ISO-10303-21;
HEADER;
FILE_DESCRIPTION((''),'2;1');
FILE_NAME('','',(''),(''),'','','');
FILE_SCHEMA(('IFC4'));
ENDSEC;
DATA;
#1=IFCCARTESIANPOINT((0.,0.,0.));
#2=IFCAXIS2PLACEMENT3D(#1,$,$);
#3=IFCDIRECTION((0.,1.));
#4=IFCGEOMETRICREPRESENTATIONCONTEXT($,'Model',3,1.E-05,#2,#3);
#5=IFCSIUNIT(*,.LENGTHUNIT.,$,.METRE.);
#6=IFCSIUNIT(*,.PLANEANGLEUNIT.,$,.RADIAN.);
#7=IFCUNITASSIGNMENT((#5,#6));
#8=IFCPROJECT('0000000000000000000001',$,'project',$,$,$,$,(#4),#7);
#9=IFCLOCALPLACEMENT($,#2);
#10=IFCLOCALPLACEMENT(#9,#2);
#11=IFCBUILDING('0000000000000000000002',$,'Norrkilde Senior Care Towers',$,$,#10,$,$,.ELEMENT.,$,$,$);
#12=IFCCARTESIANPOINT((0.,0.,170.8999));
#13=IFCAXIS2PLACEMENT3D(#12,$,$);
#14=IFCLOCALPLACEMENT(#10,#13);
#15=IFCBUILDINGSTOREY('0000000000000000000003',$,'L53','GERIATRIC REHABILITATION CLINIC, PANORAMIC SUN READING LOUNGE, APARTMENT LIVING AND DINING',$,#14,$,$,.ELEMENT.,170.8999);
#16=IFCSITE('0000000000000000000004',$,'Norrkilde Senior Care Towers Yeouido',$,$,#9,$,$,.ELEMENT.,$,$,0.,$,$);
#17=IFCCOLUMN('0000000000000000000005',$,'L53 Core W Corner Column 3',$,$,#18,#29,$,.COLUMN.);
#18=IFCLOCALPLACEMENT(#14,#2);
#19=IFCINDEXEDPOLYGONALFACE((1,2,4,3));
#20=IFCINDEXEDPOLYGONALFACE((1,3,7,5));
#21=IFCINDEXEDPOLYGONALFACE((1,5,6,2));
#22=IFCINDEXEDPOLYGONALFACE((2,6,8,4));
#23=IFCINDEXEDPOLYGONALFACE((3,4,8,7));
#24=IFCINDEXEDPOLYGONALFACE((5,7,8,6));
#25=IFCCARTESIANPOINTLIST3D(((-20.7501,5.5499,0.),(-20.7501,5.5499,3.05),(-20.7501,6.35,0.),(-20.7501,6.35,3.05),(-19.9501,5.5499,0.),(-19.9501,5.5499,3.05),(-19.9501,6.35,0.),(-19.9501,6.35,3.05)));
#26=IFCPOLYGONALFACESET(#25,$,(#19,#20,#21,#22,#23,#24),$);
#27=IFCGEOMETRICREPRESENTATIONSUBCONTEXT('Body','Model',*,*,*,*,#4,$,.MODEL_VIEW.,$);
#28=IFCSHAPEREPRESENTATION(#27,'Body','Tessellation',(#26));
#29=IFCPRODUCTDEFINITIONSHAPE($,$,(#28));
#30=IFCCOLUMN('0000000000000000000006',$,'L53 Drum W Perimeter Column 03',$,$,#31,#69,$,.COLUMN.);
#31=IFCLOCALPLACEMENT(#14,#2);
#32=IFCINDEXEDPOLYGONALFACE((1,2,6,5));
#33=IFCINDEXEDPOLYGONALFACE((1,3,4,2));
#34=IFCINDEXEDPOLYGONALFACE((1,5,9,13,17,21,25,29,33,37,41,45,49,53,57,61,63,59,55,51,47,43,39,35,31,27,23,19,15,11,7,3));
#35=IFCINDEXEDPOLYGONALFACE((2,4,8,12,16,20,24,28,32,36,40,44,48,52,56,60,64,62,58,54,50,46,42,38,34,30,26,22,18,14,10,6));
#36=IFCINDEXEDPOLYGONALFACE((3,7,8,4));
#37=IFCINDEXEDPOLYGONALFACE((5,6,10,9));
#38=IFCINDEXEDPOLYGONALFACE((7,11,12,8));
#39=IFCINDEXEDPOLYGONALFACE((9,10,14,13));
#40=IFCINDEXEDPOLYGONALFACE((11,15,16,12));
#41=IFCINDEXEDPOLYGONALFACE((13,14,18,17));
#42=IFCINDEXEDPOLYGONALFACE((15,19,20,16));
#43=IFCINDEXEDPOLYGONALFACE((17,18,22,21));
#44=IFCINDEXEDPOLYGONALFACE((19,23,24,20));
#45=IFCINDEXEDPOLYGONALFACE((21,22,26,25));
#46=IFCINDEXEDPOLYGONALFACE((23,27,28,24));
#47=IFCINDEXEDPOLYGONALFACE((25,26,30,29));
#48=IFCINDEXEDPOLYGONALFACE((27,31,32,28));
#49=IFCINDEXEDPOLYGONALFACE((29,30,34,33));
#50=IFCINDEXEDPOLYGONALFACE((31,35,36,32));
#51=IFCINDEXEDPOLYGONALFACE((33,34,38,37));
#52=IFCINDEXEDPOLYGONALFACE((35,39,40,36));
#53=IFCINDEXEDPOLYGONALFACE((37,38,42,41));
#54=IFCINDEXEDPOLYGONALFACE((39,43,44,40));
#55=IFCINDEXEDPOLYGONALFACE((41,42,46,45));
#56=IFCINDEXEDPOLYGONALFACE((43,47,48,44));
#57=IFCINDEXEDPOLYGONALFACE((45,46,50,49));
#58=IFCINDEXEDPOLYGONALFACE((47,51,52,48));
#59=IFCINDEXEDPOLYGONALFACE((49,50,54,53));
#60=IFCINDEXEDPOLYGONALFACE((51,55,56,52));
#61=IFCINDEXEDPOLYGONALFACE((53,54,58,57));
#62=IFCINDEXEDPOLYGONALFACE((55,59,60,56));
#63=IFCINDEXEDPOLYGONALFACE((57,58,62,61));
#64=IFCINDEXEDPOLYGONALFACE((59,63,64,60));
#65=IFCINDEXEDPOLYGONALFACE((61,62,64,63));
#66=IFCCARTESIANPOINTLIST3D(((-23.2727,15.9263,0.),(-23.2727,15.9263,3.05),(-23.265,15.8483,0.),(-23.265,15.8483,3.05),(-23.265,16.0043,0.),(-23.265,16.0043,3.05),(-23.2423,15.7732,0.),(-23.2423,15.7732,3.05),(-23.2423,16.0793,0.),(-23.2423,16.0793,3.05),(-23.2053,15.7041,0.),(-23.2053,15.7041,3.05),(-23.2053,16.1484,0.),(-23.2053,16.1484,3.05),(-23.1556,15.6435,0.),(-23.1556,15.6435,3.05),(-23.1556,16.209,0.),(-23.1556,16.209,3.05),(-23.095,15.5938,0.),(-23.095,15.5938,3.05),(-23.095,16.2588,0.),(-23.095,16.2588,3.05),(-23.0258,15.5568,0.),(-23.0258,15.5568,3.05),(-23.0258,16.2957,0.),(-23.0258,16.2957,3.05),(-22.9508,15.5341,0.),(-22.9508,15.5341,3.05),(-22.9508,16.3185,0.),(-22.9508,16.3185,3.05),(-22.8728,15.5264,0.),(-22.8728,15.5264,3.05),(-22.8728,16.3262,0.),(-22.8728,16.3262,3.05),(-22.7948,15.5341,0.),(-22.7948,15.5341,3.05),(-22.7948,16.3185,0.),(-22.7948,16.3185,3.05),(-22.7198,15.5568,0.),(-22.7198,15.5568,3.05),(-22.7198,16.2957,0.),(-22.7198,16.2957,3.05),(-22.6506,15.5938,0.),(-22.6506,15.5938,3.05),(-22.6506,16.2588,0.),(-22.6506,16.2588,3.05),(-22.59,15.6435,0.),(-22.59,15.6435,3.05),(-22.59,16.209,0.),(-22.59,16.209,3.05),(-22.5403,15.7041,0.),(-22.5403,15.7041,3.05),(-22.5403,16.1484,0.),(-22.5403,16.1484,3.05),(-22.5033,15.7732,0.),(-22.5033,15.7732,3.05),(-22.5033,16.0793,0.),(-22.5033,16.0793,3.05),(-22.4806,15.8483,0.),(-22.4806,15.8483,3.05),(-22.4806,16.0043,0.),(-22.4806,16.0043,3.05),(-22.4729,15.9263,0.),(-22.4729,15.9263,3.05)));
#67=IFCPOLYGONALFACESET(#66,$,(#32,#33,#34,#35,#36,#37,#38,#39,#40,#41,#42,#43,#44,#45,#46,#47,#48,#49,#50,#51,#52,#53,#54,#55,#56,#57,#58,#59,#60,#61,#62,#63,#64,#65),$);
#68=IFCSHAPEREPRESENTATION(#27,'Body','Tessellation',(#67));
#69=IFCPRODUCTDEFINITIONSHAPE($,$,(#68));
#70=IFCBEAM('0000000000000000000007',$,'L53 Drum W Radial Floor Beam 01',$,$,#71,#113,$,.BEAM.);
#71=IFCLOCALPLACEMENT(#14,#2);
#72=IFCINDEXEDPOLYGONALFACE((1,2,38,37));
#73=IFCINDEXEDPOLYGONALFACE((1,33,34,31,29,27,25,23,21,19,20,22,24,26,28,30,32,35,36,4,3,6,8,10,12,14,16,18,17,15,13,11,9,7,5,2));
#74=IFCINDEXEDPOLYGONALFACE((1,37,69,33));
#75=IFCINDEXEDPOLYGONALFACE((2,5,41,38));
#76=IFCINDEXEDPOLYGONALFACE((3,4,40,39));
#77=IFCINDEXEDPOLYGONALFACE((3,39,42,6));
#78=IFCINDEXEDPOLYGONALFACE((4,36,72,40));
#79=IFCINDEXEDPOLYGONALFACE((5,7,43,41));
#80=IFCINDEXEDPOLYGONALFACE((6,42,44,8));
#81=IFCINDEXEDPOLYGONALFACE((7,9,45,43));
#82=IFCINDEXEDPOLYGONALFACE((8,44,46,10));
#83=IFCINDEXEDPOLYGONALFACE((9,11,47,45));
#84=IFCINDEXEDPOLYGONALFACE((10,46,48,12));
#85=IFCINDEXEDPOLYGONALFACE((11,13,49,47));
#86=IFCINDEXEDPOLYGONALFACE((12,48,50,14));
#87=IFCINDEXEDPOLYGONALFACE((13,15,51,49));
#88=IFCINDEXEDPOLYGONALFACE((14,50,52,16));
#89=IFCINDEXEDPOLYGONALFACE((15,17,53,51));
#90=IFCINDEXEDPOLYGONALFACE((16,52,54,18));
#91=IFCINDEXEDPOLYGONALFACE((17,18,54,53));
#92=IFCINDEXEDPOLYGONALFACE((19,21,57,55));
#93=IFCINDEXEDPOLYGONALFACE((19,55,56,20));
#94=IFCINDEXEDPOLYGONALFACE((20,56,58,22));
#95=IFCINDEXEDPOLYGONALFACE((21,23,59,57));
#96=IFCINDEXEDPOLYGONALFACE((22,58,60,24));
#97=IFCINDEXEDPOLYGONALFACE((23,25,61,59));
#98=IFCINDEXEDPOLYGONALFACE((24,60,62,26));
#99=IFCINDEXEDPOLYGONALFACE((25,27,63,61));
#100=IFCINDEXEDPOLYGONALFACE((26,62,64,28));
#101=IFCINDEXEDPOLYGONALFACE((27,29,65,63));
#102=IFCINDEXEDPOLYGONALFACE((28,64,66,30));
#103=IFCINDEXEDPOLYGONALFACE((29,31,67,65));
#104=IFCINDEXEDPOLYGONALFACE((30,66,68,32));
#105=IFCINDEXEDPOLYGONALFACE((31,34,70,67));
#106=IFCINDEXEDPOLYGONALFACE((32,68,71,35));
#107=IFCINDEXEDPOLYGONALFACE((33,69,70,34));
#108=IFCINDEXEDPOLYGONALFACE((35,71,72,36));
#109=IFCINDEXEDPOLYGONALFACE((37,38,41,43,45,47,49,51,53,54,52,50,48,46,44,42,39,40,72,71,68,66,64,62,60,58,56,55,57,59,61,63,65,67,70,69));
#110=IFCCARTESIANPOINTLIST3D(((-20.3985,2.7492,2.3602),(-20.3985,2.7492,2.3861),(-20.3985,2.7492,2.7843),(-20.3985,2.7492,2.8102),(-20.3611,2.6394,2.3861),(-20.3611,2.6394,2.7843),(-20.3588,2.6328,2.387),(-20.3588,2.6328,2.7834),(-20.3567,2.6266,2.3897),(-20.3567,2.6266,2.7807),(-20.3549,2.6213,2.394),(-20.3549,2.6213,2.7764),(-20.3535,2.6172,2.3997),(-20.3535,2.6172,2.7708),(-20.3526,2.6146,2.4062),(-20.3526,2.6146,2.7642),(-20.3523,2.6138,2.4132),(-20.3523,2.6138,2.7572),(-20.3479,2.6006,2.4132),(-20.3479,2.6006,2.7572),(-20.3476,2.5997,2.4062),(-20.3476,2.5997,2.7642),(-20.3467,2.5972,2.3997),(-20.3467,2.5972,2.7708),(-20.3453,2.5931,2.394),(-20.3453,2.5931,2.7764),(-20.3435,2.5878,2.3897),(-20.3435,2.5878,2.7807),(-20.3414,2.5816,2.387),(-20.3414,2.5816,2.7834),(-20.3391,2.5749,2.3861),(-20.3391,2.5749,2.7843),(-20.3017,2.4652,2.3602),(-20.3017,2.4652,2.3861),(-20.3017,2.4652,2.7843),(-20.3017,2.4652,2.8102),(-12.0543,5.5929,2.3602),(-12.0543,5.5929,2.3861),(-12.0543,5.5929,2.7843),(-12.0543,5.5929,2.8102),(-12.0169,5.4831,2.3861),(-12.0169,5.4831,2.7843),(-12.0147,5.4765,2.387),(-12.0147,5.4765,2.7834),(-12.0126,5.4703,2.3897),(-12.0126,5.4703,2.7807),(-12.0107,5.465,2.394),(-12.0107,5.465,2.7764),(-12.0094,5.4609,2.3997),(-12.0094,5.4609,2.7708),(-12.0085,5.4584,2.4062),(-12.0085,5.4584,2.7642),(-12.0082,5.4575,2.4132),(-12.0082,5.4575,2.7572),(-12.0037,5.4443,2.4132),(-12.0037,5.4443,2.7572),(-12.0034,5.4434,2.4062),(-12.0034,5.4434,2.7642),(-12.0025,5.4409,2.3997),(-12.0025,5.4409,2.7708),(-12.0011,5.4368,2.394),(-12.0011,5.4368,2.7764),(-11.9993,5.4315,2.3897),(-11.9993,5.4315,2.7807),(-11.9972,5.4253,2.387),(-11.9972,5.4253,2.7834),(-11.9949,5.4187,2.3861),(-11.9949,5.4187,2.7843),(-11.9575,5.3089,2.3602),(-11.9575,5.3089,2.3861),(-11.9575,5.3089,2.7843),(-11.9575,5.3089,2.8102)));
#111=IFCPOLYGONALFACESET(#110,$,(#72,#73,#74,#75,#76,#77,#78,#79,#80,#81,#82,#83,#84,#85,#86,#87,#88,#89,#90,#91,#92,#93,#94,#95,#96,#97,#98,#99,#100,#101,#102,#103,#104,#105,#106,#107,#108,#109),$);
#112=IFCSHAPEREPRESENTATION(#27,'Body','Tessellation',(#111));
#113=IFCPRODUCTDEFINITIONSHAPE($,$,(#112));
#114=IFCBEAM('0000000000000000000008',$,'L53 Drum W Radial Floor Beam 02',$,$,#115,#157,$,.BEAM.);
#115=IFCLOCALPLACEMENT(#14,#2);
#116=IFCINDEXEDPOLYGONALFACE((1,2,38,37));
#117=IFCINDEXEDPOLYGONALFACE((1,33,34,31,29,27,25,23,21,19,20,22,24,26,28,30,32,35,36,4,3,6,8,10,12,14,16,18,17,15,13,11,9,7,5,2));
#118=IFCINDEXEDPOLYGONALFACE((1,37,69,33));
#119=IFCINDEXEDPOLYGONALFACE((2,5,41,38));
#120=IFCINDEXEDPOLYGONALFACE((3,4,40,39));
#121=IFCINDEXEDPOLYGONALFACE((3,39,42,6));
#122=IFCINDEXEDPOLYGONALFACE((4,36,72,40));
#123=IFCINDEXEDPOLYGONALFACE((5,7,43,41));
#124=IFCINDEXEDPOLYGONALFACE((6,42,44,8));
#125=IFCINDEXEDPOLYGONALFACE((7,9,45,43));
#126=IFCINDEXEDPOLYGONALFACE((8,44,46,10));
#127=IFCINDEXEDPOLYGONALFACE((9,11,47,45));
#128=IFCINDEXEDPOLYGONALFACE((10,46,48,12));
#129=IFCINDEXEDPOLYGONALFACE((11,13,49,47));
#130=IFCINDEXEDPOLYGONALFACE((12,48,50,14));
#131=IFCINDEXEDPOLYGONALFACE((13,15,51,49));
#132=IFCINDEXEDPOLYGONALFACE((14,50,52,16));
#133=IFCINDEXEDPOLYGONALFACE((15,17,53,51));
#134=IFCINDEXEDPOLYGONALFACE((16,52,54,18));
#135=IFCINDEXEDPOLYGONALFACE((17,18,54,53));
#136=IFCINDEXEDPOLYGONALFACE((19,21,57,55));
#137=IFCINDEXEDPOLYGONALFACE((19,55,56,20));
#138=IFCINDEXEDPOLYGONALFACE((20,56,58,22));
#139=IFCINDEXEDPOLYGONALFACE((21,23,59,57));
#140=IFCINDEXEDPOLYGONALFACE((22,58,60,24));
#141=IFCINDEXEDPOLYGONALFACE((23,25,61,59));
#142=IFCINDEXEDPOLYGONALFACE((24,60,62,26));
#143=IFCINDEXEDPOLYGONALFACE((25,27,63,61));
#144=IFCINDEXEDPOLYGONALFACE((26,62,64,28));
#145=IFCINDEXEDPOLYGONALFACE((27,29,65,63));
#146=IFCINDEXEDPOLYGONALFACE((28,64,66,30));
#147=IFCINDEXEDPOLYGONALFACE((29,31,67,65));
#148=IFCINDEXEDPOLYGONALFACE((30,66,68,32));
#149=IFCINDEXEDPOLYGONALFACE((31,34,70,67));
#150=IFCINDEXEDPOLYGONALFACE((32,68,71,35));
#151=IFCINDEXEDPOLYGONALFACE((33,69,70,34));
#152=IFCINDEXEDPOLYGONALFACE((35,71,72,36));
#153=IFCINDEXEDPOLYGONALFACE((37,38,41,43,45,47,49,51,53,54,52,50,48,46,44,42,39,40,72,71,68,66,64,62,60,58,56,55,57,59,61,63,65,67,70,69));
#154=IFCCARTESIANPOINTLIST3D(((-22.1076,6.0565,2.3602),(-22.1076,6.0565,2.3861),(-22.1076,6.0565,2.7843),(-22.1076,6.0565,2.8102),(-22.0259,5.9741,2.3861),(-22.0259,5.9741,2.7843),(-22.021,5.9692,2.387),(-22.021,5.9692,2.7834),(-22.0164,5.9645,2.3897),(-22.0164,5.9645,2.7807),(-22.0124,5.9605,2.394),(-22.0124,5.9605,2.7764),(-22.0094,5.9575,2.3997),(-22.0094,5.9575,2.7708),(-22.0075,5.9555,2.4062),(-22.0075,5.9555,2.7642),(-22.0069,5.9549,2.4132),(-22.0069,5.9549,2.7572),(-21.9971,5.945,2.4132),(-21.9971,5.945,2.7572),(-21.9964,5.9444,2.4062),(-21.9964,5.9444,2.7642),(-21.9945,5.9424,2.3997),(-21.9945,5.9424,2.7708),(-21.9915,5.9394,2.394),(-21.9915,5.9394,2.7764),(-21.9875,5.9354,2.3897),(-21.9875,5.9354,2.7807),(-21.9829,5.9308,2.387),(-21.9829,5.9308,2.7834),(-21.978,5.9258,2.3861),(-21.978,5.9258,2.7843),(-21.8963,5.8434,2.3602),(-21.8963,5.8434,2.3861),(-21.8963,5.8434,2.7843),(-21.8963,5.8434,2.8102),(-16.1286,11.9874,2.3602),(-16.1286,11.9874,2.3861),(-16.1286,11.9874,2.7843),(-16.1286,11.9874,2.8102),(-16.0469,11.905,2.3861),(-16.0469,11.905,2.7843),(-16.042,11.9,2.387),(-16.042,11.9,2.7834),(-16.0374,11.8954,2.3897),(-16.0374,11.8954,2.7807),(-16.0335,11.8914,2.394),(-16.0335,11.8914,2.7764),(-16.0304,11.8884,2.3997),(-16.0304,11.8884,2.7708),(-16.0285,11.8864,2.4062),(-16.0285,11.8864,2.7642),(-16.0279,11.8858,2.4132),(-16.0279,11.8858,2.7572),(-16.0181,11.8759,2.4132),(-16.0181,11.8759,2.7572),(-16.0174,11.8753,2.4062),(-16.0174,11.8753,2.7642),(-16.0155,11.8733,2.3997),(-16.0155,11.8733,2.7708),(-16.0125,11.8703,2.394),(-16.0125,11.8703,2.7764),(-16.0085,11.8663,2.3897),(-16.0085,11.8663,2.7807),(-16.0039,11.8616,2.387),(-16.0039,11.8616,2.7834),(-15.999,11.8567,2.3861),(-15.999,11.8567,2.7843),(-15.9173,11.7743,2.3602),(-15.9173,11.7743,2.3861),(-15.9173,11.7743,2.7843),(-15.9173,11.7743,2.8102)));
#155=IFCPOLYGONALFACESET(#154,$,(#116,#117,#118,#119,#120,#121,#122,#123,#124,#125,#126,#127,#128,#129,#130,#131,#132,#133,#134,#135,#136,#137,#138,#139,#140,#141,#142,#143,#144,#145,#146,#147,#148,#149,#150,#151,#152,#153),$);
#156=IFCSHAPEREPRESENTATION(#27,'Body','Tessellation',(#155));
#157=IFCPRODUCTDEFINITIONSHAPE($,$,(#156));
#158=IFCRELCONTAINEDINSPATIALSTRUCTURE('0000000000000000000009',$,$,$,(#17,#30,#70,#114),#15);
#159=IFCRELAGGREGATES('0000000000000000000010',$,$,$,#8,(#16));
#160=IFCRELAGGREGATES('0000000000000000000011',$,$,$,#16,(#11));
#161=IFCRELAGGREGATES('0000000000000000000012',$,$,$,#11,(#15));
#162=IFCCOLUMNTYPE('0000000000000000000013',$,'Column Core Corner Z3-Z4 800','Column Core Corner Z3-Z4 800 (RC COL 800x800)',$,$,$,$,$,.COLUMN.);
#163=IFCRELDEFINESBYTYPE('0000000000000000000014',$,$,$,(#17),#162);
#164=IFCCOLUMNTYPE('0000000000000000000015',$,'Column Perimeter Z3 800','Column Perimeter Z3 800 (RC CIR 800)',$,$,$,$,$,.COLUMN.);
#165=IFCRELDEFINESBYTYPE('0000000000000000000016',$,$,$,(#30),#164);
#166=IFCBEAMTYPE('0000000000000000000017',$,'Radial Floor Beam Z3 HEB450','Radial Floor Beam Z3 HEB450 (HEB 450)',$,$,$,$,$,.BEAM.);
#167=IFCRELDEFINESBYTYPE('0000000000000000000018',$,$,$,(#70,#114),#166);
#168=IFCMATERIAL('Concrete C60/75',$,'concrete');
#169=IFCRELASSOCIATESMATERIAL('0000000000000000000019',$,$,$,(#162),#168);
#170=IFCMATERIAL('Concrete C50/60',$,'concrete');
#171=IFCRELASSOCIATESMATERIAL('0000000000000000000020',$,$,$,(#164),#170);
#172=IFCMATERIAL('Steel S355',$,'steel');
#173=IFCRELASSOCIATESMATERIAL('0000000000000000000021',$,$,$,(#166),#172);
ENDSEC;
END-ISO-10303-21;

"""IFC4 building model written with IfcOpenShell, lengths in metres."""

from ifc_helpers import new_model, si_unit, direction, frame, origin, origin_2d, place, context, subcontext, project, spatial, rectangle, circle, i_section, extrude, source, transform, mapped, material, material_profile, profile_set, type_object, type_shapes, element, save


model = new_model("IFC4")

# Units and contexts
model_context = context("Model", 3, precision=1e-05, world=origin(), true_north=direction((0.0, 1.0)))
body_context = subcontext(model_context, "Body", "Model", "MODEL_VIEW")
ifc_project = project(units=[si_unit("LENGTHUNIT", "METRE"), si_unit("PLANEANGLEUNIT", "RADIAN")], contexts=[model_context])

# Site, building, storey
site_placement = place(None, origin())
site = spatial("IfcSite", under=ifc_project, at=site_placement, Name="Norrkilde Senior Care Towers Yeouido", CompositionType="ELEMENT", RefElevation=0.0)
building_placement = place(site_placement, origin())
building = spatial("IfcBuilding", under=site, at=building_placement, Name="Norrkilde Senior Care Towers", CompositionType="ELEMENT")
storey_placement = place(building_placement, frame((0.0, 0.0, 170.8999)))
storey = spatial("IfcBuildingStorey", under=building, at=storey_placement, Name="L53", Description="GERIATRIC REHABILITATION CLINIC, PANORAMIC SUN READING LOUNGE, APARTMENT LIVING AND DINING", CompositionType="ELEMENT", Elevation=170.8999)

# Columns
ifc_material_1 = material(Name="Concrete C60/75", Category="concrete")
ifc_material_profile_1 = material_profile(ifc_material_1, rectangle(XDim=0.8, YDim=0.8, at=origin_2d()), Name="RC COL 800x800")
ifc_profile_set_1 = profile_set([ifc_material_profile_1], Name="Concrete C60/75")
column_type_1 = type_object("IfcColumnType", Name="Column Core Corner Z3-Z4 800", Description="Column Core Corner Z3-Z4 800 (RC COL 800x800)", PredefinedType="COLUMN", material=ifc_profile_set_1)
shared_shape_1 = source(origin(), body_context, "Body", "SweptSolid", [
    extrude(rectangle(XDim=0.8, YDim=0.8, at=origin_2d()), origin(), (0.0, 0.0, 1.0), 3.05),
])
type_shapes(column_type_1, [shared_shape_1])
column_1_placement = place(storey_placement, frame((-20.3501, 5.95, 0.0), z_axis=(0.0, 0.0, 1.0), x_axis=(1.0, 0.0, 0.0)))
element("IfcColumn", 1, at=column_1_placement, inside=storey, type_object=column_type_1, Name="L53 Core W Corner Column 3", PredefinedType="COLUMN", context=body_context, shape_type="MappedRepresentation", body=[
    mapped(shared_shape_1, transform((0.0, 0.0, 0.0), x_axis=(1.0, 0.0, 0.0), y_axis=(0.0, 1.0, 0.0), z_axis=(0.0, 0.0, 1.0), scale=1.0)),
])
ifc_material_2 = material(Name="Concrete C50/60", Category="concrete")
ifc_material_profile_2 = material_profile(ifc_material_2, circle(Radius=0.3999, at=origin_2d()), Name="RC CIR 800")
ifc_profile_set_2 = profile_set([ifc_material_profile_2], Name="Concrete C50/60")
column_type_2 = type_object("IfcColumnType", Name="Column Perimeter Z3 800", Description="Column Perimeter Z3 800 (RC CIR 800)", PredefinedType="COLUMN", material=ifc_profile_set_2)
shared_shape_2 = source(origin(), body_context, "Body", "SweptSolid", [
    extrude(circle(Radius=0.3999, at=origin_2d()), origin(), (0.0, 0.0, 1.0), 3.05),
])
type_shapes(column_type_2, [shared_shape_2])
column_2_placement = place(storey_placement, frame((-22.8728, 15.9263, 0.0), z_axis=(0.0, 0.0, 1.0), x_axis=(1.0, 0.0, 0.0)))
element("IfcColumn", 2, at=column_2_placement, inside=storey, type_object=column_type_2, Name="L53 Drum W Perimeter Column 03", PredefinedType="COLUMN", context=body_context, shape_type="MappedRepresentation", body=[
    mapped(shared_shape_2, transform((0.0, 0.0, 0.0), x_axis=(1.0, 0.0, 0.0), y_axis=(0.0, 1.0, 0.0), z_axis=(0.0, 0.0, 1.0), scale=1.0)),
])

# Beams
ifc_material_3 = material(Name="Steel S355", Category="steel")
ifc_material_profile_3 = material_profile(ifc_material_3, i_section(OverallWidth=0.3, OverallDepth=0.45, WebThickness=0.0139, FlangeThickness=0.0259, FilletRadius=0.0271, at=origin_2d()), Name="HEB 450")
ifc_profile_set_3 = profile_set([ifc_material_profile_3], Name="Steel S355")
beam_type_1 = type_object("IfcBeamType", Name="Radial Floor Beam Z3 HEB450", Description="Radial Floor Beam Z3 HEB450 (HEB 450)", PredefinedType="BEAM", material=ifc_profile_set_3)
shared_shape_3 = source(origin(), body_context, "Body", "SweptSolid", [
    extrude(i_section(OverallWidth=0.3, OverallDepth=0.45, WebThickness=0.0139, FlangeThickness=0.0259, FilletRadius=0.0271, at=origin_2d()), origin(), (0.0, 0.0, 1.0), 8.8154),
])
beam_1_placement = place(storey_placement, frame((-20.3501, 2.6072, 2.5852), z_axis=(0.946541, 0.322585, 0.0), x_axis=(-0.322585, 0.946541, 0.0)))
element("IfcBeam", 3, at=beam_1_placement, inside=storey, type_object=beam_type_1, Name="L53 Drum W Radial Floor Beam 01", PredefinedType="BEAM", context=body_context, shape_type="MappedRepresentation", body=[
    mapped(shared_shape_3, transform((0.0, 0.0, 0.0), x_axis=(1.0, 0.0, 0.0), y_axis=(0.0, 1.0, 0.0), z_axis=(0.0, 0.0, 1.0), scale=1.0)),
])
shared_shape_4 = source(origin(), body_context, "Body", "SweptSolid", [
    extrude(i_section(OverallWidth=0.3, OverallDepth=0.45, WebThickness=0.0139, FlangeThickness=0.0259, FilletRadius=0.0271, at=origin_2d()), origin(), (0.0, 0.0, 1.0), 8.4216),
])
beam_2_placement = place(storey_placement, frame((-22.002, 5.95, 2.5852), z_axis=(0.709956, 0.704246, 0.0), x_axis=(-0.704246, 0.709956, 0.0)))
element("IfcBeam", 4, at=beam_2_placement, inside=storey, type_object=beam_type_1, Name="L53 Drum W Radial Floor Beam 02", PredefinedType="BEAM", context=body_context, shape_type="MappedRepresentation", body=[
    mapped(shared_shape_4, transform((0.0, 0.0, 0.0), x_axis=(1.0, 0.0, 0.0), y_axis=(0.0, 1.0, 0.0), z_axis=(0.0, 0.0, 1.0), scale=1.0)),
])

save(model, "model.ifc")
